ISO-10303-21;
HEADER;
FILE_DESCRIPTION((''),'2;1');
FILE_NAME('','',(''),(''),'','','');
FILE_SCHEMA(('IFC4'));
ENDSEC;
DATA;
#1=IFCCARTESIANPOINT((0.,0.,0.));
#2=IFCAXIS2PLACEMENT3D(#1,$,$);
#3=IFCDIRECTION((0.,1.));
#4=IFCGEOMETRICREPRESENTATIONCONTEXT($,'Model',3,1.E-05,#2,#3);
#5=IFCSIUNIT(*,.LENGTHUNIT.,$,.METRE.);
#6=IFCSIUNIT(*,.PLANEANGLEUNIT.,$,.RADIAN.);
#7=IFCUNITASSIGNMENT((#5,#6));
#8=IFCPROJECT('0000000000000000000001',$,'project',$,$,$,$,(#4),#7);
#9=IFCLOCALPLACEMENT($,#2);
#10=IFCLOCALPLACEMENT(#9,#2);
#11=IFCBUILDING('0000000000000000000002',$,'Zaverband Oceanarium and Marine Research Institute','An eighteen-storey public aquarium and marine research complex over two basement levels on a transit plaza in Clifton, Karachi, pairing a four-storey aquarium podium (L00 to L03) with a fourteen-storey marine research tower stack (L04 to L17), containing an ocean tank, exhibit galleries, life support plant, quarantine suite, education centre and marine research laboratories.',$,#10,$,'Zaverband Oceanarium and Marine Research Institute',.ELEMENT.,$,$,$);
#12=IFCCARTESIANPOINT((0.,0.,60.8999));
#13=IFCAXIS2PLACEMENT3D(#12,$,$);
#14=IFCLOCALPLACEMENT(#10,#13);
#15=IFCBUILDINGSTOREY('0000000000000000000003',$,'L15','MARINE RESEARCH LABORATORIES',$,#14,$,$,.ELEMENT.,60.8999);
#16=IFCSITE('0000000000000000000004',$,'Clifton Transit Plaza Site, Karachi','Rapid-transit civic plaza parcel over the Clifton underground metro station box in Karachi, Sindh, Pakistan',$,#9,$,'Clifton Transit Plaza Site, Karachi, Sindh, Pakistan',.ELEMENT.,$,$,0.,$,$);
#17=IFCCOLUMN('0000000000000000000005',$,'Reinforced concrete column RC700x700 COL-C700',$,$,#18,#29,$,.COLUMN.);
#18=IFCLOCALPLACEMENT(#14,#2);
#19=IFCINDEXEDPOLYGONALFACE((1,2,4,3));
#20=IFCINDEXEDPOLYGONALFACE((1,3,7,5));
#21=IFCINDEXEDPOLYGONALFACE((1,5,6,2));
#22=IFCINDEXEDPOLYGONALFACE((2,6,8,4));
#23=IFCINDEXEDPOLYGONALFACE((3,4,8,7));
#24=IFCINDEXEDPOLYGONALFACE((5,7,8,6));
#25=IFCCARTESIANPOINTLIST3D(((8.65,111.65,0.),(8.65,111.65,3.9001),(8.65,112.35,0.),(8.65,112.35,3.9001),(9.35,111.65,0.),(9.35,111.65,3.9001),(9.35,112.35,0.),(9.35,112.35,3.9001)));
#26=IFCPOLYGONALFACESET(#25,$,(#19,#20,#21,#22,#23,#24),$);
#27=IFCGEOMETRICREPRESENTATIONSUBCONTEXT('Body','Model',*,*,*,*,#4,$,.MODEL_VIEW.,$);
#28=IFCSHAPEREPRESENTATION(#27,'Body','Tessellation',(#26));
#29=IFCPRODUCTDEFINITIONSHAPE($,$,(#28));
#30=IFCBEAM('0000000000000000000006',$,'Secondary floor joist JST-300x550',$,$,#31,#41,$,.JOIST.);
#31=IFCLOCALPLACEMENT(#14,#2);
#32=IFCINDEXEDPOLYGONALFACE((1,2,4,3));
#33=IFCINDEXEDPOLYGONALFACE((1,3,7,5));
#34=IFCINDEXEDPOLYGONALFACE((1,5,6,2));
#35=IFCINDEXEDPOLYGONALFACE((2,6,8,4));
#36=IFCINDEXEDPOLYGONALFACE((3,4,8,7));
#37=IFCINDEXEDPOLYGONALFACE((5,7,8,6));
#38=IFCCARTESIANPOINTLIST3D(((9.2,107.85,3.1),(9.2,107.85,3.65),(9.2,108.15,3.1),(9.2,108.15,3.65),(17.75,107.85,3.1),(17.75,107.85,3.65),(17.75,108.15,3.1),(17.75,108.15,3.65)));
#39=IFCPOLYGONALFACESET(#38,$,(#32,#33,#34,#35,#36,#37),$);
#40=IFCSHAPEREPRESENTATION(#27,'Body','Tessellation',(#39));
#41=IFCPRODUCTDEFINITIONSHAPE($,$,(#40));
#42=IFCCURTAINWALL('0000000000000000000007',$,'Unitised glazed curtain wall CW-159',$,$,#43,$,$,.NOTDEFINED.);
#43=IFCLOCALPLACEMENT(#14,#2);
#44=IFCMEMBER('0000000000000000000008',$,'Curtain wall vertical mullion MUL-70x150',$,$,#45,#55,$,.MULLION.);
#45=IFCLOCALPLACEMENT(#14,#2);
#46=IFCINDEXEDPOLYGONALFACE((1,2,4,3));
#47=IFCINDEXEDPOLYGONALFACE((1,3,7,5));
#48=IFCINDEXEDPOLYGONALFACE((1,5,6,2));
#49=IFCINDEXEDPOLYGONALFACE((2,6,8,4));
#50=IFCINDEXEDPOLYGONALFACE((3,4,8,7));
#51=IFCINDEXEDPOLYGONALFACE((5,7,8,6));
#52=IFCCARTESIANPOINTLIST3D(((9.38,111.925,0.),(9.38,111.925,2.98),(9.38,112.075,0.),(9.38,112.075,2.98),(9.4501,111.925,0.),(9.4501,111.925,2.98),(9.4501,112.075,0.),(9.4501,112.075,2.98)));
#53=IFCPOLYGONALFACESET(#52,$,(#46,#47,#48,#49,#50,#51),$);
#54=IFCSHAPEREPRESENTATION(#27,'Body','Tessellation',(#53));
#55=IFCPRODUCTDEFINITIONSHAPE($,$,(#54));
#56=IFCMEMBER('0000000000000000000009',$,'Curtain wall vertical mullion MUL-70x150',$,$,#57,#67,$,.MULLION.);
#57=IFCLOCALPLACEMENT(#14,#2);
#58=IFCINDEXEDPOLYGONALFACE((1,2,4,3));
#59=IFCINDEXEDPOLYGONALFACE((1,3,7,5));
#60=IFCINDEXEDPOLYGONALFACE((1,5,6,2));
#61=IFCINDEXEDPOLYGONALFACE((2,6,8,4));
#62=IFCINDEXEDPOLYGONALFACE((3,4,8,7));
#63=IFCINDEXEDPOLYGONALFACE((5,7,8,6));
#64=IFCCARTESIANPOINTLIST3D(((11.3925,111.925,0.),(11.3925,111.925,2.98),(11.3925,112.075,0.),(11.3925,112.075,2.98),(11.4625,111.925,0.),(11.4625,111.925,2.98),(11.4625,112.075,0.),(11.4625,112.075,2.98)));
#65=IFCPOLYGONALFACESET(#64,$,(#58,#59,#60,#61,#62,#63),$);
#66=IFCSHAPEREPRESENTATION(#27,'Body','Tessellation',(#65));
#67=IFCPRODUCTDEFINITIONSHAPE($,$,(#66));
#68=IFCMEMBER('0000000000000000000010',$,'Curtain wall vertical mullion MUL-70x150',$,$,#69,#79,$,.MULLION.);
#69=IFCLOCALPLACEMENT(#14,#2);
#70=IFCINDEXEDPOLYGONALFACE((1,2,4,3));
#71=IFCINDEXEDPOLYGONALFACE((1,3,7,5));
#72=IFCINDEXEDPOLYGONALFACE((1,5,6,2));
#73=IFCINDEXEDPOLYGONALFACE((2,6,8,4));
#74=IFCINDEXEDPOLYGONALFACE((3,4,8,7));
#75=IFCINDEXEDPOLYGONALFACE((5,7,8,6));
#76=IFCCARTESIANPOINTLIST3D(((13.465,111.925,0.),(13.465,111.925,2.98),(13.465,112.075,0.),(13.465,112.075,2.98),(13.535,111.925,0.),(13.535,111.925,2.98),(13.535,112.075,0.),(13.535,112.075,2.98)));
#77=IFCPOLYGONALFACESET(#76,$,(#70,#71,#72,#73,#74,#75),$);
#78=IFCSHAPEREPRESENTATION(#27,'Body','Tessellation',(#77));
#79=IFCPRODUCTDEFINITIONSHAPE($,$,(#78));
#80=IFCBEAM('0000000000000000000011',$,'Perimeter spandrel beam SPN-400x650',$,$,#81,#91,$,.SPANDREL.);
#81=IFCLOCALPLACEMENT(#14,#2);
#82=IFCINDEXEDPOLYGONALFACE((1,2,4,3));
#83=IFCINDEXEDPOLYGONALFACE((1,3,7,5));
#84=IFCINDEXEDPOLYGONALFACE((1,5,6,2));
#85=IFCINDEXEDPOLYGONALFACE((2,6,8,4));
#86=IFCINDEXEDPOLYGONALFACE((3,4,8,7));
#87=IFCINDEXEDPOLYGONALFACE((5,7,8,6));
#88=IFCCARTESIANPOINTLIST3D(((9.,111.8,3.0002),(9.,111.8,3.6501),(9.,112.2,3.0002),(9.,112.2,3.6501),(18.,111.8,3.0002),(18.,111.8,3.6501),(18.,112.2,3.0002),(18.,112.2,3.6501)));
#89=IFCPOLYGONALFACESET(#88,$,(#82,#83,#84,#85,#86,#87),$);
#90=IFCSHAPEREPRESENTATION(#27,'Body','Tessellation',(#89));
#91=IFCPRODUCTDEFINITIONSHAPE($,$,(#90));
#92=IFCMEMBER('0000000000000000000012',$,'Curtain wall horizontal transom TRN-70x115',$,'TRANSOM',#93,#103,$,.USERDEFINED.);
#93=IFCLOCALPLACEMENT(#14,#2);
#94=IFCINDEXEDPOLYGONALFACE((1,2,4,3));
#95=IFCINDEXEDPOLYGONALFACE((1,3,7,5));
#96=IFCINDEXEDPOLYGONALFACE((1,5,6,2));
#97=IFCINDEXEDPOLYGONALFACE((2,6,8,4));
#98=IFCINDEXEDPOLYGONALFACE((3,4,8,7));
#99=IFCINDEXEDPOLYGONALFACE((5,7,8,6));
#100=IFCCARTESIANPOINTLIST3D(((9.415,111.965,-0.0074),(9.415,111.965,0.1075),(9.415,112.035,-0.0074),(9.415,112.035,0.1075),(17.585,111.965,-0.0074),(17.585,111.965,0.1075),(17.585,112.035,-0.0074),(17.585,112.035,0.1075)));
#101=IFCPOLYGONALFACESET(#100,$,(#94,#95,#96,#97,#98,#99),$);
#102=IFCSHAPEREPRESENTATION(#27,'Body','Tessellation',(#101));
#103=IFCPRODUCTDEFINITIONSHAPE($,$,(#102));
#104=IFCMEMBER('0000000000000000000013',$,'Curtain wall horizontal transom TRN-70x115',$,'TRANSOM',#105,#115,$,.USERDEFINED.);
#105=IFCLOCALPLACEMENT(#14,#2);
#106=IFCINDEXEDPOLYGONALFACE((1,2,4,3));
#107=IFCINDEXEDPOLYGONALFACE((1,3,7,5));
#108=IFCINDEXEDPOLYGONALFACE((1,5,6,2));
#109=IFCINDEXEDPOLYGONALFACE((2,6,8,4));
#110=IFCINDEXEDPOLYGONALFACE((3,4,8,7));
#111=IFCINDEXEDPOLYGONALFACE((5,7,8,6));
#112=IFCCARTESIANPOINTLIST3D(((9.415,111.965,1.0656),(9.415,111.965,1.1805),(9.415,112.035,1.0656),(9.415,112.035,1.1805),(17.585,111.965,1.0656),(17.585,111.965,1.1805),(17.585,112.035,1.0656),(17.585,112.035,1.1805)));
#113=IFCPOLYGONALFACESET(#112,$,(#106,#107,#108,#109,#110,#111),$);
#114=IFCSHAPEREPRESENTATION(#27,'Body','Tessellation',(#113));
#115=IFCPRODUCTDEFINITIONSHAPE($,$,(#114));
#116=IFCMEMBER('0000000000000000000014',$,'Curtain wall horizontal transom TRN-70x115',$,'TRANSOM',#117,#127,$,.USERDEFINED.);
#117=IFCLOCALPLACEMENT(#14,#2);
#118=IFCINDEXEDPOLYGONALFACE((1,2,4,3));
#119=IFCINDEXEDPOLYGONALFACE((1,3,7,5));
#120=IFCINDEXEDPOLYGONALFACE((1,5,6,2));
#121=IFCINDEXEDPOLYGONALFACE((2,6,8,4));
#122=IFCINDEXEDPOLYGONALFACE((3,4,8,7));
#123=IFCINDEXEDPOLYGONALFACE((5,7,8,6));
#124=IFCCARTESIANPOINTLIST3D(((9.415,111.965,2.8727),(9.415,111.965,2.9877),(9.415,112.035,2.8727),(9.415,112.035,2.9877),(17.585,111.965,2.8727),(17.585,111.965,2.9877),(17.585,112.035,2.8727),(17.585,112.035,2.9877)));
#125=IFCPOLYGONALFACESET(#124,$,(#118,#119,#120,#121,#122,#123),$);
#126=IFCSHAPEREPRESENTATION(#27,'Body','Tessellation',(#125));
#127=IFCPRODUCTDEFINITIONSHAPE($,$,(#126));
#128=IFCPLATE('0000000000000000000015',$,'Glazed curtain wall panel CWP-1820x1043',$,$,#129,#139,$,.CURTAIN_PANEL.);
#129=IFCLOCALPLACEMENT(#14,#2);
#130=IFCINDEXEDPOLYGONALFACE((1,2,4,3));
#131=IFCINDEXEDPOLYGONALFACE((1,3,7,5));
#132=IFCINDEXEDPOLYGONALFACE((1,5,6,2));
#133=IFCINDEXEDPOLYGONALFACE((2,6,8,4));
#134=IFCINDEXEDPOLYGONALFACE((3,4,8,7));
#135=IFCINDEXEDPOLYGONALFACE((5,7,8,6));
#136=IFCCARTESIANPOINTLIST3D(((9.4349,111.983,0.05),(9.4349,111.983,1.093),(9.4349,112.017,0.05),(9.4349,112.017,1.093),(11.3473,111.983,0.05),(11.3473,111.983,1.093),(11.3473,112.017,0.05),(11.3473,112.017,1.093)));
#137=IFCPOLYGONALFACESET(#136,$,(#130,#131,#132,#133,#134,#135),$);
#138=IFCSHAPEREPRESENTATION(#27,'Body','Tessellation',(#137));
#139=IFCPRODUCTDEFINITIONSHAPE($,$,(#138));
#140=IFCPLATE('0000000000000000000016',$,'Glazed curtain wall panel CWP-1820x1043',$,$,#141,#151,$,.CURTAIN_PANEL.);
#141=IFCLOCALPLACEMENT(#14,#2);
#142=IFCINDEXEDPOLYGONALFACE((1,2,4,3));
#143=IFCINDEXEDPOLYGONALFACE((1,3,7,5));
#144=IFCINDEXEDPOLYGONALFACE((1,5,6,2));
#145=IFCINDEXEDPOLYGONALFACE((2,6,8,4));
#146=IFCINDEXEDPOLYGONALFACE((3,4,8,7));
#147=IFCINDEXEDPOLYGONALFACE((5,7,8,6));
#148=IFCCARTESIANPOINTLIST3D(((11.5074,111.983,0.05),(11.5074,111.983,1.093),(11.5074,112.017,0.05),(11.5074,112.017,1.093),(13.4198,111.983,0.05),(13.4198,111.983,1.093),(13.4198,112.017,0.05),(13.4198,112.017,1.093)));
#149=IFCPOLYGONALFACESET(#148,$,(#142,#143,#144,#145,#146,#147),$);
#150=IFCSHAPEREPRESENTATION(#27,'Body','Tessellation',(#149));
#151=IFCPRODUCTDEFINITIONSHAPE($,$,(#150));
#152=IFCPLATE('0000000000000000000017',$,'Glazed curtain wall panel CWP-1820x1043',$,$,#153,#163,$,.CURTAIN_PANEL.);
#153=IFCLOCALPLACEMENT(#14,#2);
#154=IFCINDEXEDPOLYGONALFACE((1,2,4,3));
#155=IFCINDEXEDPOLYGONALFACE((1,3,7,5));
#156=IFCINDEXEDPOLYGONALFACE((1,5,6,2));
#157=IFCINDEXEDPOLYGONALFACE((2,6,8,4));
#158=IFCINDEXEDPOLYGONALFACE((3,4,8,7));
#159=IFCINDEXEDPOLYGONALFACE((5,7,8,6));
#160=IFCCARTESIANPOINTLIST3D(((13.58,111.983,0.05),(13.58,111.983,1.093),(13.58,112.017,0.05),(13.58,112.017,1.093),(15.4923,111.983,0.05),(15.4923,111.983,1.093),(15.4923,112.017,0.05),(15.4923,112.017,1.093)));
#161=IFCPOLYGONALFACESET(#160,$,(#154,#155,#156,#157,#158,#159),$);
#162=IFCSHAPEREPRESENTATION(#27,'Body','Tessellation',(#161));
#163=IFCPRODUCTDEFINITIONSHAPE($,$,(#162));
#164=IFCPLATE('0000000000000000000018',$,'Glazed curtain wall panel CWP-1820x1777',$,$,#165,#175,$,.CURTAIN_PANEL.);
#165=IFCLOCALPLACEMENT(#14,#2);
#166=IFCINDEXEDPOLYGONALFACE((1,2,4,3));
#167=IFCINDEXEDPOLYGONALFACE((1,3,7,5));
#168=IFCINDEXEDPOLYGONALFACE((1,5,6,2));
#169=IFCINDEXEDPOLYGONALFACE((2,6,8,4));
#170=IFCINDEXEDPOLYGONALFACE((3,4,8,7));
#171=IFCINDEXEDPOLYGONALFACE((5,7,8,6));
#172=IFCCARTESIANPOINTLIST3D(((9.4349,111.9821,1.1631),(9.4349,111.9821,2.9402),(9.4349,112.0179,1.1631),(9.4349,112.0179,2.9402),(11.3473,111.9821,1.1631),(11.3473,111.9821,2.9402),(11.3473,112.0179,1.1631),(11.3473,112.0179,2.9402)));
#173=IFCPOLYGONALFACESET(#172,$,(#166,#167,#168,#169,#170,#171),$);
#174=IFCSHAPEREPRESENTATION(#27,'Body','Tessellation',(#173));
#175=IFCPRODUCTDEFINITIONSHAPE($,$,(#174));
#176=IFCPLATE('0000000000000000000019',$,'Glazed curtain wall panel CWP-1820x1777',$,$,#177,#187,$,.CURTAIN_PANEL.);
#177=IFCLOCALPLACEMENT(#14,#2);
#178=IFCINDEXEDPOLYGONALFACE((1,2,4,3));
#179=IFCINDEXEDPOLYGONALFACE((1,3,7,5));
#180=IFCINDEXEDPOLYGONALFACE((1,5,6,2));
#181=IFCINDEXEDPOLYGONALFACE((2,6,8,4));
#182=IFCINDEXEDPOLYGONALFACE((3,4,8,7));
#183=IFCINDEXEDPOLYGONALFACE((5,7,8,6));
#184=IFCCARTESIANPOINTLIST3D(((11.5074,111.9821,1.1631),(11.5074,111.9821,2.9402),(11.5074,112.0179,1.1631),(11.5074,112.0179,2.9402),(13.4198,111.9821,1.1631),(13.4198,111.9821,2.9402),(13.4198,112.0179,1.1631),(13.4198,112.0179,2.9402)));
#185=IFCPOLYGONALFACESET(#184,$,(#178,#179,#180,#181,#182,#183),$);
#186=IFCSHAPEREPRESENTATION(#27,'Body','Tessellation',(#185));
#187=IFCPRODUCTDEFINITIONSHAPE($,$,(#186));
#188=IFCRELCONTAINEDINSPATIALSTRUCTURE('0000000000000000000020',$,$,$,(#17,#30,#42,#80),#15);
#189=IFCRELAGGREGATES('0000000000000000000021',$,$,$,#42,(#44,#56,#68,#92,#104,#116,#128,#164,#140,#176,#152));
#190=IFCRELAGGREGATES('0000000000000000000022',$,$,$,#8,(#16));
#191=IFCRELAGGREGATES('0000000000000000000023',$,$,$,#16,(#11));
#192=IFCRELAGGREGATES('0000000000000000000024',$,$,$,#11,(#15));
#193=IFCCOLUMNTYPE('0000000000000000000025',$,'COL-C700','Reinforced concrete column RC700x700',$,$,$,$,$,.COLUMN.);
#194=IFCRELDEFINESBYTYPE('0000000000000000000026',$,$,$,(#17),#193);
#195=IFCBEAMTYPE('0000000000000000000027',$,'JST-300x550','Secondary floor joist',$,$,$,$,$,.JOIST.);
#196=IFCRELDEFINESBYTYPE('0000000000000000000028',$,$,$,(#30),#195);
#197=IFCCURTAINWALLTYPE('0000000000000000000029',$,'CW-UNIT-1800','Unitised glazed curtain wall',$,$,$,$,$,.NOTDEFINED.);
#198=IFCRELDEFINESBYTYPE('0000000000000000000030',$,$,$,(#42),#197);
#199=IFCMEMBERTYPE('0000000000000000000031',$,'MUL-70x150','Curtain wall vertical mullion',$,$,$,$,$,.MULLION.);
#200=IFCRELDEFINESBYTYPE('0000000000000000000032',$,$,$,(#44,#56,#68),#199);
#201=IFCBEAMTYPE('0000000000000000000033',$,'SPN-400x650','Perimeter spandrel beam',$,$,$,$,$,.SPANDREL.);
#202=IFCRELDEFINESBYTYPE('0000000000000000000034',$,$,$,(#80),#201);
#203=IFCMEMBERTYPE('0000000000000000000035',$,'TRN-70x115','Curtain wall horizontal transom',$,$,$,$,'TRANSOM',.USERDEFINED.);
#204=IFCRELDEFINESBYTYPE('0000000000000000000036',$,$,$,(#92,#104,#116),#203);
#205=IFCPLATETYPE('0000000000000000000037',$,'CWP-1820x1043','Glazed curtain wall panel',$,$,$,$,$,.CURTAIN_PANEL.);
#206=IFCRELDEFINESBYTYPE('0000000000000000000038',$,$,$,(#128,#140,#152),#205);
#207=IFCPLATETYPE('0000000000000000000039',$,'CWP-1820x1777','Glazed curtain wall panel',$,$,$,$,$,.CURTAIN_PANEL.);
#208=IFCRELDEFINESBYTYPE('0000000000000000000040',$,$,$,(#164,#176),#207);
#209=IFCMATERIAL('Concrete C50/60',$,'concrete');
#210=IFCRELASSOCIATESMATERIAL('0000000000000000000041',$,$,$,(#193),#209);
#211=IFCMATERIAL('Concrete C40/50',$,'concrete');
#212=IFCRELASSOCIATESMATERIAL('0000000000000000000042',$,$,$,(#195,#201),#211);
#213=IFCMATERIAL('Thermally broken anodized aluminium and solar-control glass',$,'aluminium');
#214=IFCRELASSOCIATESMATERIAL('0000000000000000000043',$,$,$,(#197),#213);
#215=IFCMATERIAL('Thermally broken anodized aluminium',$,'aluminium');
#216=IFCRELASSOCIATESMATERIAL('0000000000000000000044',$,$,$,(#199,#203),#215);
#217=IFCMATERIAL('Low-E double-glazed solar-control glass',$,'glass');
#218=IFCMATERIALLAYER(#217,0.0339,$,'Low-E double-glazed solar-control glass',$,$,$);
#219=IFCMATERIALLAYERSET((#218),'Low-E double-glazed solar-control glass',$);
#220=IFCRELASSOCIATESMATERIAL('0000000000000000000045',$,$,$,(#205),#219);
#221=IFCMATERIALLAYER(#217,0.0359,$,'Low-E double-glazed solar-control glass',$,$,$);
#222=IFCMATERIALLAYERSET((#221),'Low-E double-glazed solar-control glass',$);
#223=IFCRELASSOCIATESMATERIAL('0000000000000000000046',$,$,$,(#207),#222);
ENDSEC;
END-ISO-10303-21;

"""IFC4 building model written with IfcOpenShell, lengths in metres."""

from ifc_helpers import new_model, si_unit, direction, frame, frame_2d, origin, origin_2d, place, context, subcontext, project, spatial, rectangle, extrude, material, layer, layer_set, material_profile, profile_set, type_object, element, aggregate, save


model = new_model("IFC4")

# Units and contexts
model_context = context("Model", 3, precision=1e-05, world=origin(), true_north=direction((0.0, 1.0)))
body_context = subcontext(model_context, "Body", "Model", "MODEL_VIEW")
ifc_project = project(units=[si_unit("LENGTHUNIT", "METRE"), si_unit("PLANEANGLEUNIT", "RADIAN")], contexts=[model_context])

# Site, building, storey
site_placement = place(None, origin())
site = spatial("IfcSite", under=ifc_project, at=site_placement, Name="Clifton Transit Plaza Site, Karachi", Description="Rapid-transit civic plaza parcel over the Clifton underground metro station box in Karachi, Sindh, Pakistan", LongName="Clifton Transit Plaza Site, Karachi, Sindh, Pakistan", CompositionType="ELEMENT", RefElevation=0.0)
building_placement = place(site_placement, origin())
building = spatial("IfcBuilding", under=site, at=building_placement, Name="Zaverband Oceanarium and Marine Research Institute", Description="An eighteen-storey public aquarium and marine research complex over two basement levels on a transit plaza in Clifton, Karachi, pairing a four-storey aquarium podium (L00 to L03) with a fourteen-storey marine research tower stack (L04 to L17), containing an ocean tank, exhibit galleries, life support plant, quarantine suite, education centre and marine research laboratories.", LongName="Zaverband Oceanarium and Marine Research Institute", CompositionType="ELEMENT")
storey_placement = place(building_placement, frame((0.0, 0.0, 60.8999)))
storey = spatial("IfcBuildingStorey", under=building, at=storey_placement, Name="L15", Description="MARINE RESEARCH LABORATORIES", CompositionType="ELEMENT", Elevation=60.8999)

# Column
ifc_material_1 = material(Name="Concrete C50/60", Category="concrete")
ifc_material_profile_1 = material_profile(ifc_material_1, rectangle(XDim=0.7, YDim=0.7, at=origin_2d()), Name="RC700x700")
ifc_profile_set_1 = profile_set([ifc_material_profile_1], Name="Concrete C50/60")
column_type = type_object("IfcColumnType", Name="COL-C700", Description="Reinforced concrete column RC700x700", PredefinedType="COLUMN", material=ifc_profile_set_1)
column_placement = place(storey_placement, frame((9.0, 112.0, 0.0), z_axis=(0.0, 0.0, 1.0), x_axis=(1.0, 0.0, 0.0)))
element("IfcColumn", 1, at=column_placement, inside=storey, type_object=column_type, Name="Reinforced concrete column RC700x700 COL-C700", PredefinedType="COLUMN", context=body_context, shape_type="SweptSolid", body=[
    extrude(rectangle(XDim=0.7, YDim=0.7, at=origin_2d()), origin(), (0.0, 0.0, 1.0), 3.9001),
])

# Beam
ifc_material_2 = material(Name="Concrete C40/50", Category="concrete")
ifc_material_profile_2 = material_profile(ifc_material_2, rectangle(XDim=0.3, YDim=0.55, at=origin_2d()), Name="RC300x550")
ifc_profile_set_2 = profile_set([ifc_material_profile_2], Name="Concrete C40/50")
beam_type_1 = type_object("IfcBeamType", Name="JST-300x550", Description="Secondary floor joist", PredefinedType="JOIST", material=ifc_profile_set_2)
beam_1_placement = place(storey_placement, frame((9.2, 108.0, 3.375), z_axis=(1.0, 0.0, 0.0), x_axis=(0.0, 1.0, 0.0)))
element("IfcBeam", 2, at=beam_1_placement, inside=storey, type_object=beam_type_1, Name="Secondary floor joist JST-300x550", PredefinedType="JOIST", context=body_context, shape_type="SweptSolid", body=[
    extrude(rectangle(XDim=0.3, YDim=0.55, at=origin_2d()), origin(), (0.0, 0.0, 1.0), 8.55),
])

# Curtain wall, members
ifc_material_3 = material(Name="Thermally broken anodized aluminium and solar-control glass", Category="aluminium")
curtain_wall_type = type_object("IfcCurtainWallType", Name="CW-UNIT-1800", Description="Unitised glazed curtain wall", PredefinedType="NOTDEFINED", material=ifc_material_3)
curtain_wall_placement = place(storey_placement, origin())
curtain_wall = element("IfcCurtainWall", 3, at=curtain_wall_placement, inside=storey, type_object=curtain_wall_type, Name="Unitised glazed curtain wall CW-159", PredefinedType="NOTDEFINED")
ifc_material_4 = material(Name="Thermally broken anodized aluminium", Category="aluminium")
ifc_material_profile_3 = material_profile(ifc_material_4, rectangle(XDim=0.0701, YDim=0.1499, at=origin_2d()), Name="AL-MUL-70x150")
ifc_profile_set_3 = profile_set([ifc_material_profile_3], Name="Thermally broken anodized aluminium")
member_type_1 = type_object("IfcMemberType", Name="MUL-70x150", Description="Curtain wall vertical mullion", PredefinedType="MULLION", material=ifc_profile_set_3)
member_1_placement = place(storey_placement, frame((9.415, 112.0, 0.0), z_axis=(0.0, 0.0, 1.0), x_axis=(1.0, 0.0, 0.0)))
member_1 = element("IfcMember", 4, at=member_1_placement, type_object=member_type_1, Name="Curtain wall vertical mullion MUL-70x150", PredefinedType="MULLION", context=body_context, shape_type="SweptSolid", body=[
    extrude(rectangle(XDim=0.0701, YDim=0.1499, at=origin_2d()), origin(), (0.0, 0.0, 1.0), 2.98),
])
member_2_placement = place(storey_placement, frame((11.4275, 112.0, 0.0), z_axis=(0.0, 0.0, 1.0), x_axis=(1.0, 0.0, 0.0)))
member_2 = element("IfcMember", 5, at=member_2_placement, type_object=member_type_1, Name="Curtain wall vertical mullion MUL-70x150", PredefinedType="MULLION", context=body_context, shape_type="SweptSolid", body=[
    extrude(rectangle(XDim=0.0701, YDim=0.1499, at=origin_2d()), origin(), (0.0, 0.0, 1.0), 2.98),
])
member_3_placement = place(storey_placement, frame((13.5, 112.0, 0.0), z_axis=(0.0, 0.0, 1.0), x_axis=(1.0, 0.0, 0.0)))
member_3 = element("IfcMember", 6, at=member_3_placement, type_object=member_type_1, Name="Curtain wall vertical mullion MUL-70x150", PredefinedType="MULLION", context=body_context, shape_type="SweptSolid", body=[
    extrude(rectangle(XDim=0.0701, YDim=0.1499, at=origin_2d()), origin(), (0.0, 0.0, 1.0), 2.98),
])

# Beam
ifc_material_profile_4 = material_profile(ifc_material_2, rectangle(XDim=0.3999, YDim=0.6499, at=origin_2d()), Name="RC400x650")
ifc_profile_set_4 = profile_set([ifc_material_profile_4], Name="Concrete C40/50")
beam_type_2 = type_object("IfcBeamType", Name="SPN-400x650", Description="Perimeter spandrel beam", PredefinedType="SPANDREL", material=ifc_profile_set_4)
beam_2_placement = place(storey_placement, frame((9.0, 112.0, 3.3252), z_axis=(1.0, 0.0, 0.0), x_axis=(0.0, 1.0, 0.0)))
element("IfcBeam", 7, at=beam_2_placement, inside=storey, type_object=beam_type_2, Name="Perimeter spandrel beam SPN-400x650", PredefinedType="SPANDREL", context=body_context, shape_type="SweptSolid", body=[
    extrude(rectangle(XDim=0.3999, YDim=0.6499, at=origin_2d()), origin(), (0.0, 0.0, 1.0), 9.0),
])

# Members
ifc_material_profile_5 = material_profile(ifc_material_4, rectangle(XDim=0.0701, YDim=0.115, at=origin_2d()), Name="AL-TRN-70x115")
ifc_profile_set_5 = profile_set([ifc_material_profile_5], Name="Thermally broken anodized aluminium")
member_type_2 = type_object("IfcMemberType", Name="TRN-70x115", Description="Curtain wall horizontal transom", ElementType="TRANSOM", PredefinedType="USERDEFINED", material=ifc_profile_set_5)
member_4_placement = place(storey_placement, frame((9.415, 112.0, 0.05), z_axis=(1.0, 0.0, 0.0), x_axis=(0.0, 1.0, 0.0)))
member_4 = element("IfcMember", 8, at=member_4_placement, type_object=member_type_2, Name="Curtain wall horizontal transom TRN-70x115", ObjectType="TRANSOM", PredefinedType="USERDEFINED", context=body_context, shape_type="SweptSolid", body=[
    extrude(rectangle(XDim=0.0701, YDim=0.115, at=origin_2d()), origin(), (0.0, 0.0, 1.0), 8.1699),
])
member_5_placement = place(storey_placement, frame((9.415, 112.0, 1.123), z_axis=(1.0, 0.0, 0.0), x_axis=(0.0, 1.0, 0.0)))
member_5 = element("IfcMember", 9, at=member_5_placement, type_object=member_type_2, Name="Curtain wall horizontal transom TRN-70x115", ObjectType="TRANSOM", PredefinedType="USERDEFINED", context=body_context, shape_type="SweptSolid", body=[
    extrude(rectangle(XDim=0.0701, YDim=0.115, at=origin_2d()), origin(), (0.0, 0.0, 1.0), 8.1699),
])
member_6_placement = place(storey_placement, frame((9.415, 112.0, 2.9302), z_axis=(1.0, 0.0, 0.0), x_axis=(0.0, 1.0, 0.0)))
member_6 = element("IfcMember", 10, at=member_6_placement, type_object=member_type_2, Name="Curtain wall horizontal transom TRN-70x115", ObjectType="TRANSOM", PredefinedType="USERDEFINED", context=body_context, shape_type="SweptSolid", body=[
    extrude(rectangle(XDim=0.0701, YDim=0.115, at=origin_2d()), origin(), (0.0, 0.0, 1.0), 8.1699),
])

# Plates
ifc_material_5 = material(Name="Low-E double-glazed solar-control glass", Category="glass")
ifc_layer_1 = layer(ifc_material_5, 0.0339, Name="Low-E double-glazed solar-control glass")
ifc_layer_set_1 = layer_set([ifc_layer_1], Name="Low-E double-glazed solar-control glass")
plate_type_1 = type_object("IfcPlateType", Name="CWP-1820x1043", Description="Glazed curtain wall panel", PredefinedType="CURTAIN_PANEL", material=ifc_layer_set_1)
plate_1_placement = place(storey_placement, frame((9.4351, 112.0, 0.05), z_axis=(0.0, 0.0, 1.0), x_axis=(1.0, 0.0, 0.0)))
plate_1 = element("IfcPlate", 11, at=plate_1_placement, type_object=plate_type_1, Name="Glazed curtain wall panel CWP-1820x1043", PredefinedType="CURTAIN_PANEL", context=body_context, shape_type="SweptSolid", body=[
    extrude(rectangle(XDim=1.9124, YDim=0.0339, at=frame_2d((0.9561, 0.0))), origin(), (0.0, 0.0, 1.0), 1.043),
])
plate_2_placement = place(storey_placement, frame((11.5076, 112.0, 0.05), z_axis=(0.0, 0.0, 1.0), x_axis=(1.0, 0.0, 0.0)))
plate_2 = element("IfcPlate", 12, at=plate_2_placement, type_object=plate_type_1, Name="Glazed curtain wall panel CWP-1820x1043", PredefinedType="CURTAIN_PANEL", context=body_context, shape_type="SweptSolid", body=[
    extrude(rectangle(XDim=1.9124, YDim=0.0339, at=frame_2d((0.9561, 0.0))), origin(), (0.0, 0.0, 1.0), 1.043),
])
plate_3_placement = place(storey_placement, frame((13.5801, 112.0, 0.05), z_axis=(0.0, 0.0, 1.0), x_axis=(1.0, 0.0, 0.0)))
plate_3 = element("IfcPlate", 13, at=plate_3_placement, type_object=plate_type_1, Name="Glazed curtain wall panel CWP-1820x1043", PredefinedType="CURTAIN_PANEL", context=body_context, shape_type="SweptSolid", body=[
    extrude(rectangle(XDim=1.9124, YDim=0.0339, at=frame_2d((0.9561, 0.0))), origin(), (0.0, 0.0, 1.0), 1.043),
])
ifc_layer_2 = layer(ifc_material_5, 0.0359, Name="Low-E double-glazed solar-control glass")
ifc_layer_set_2 = layer_set([ifc_layer_2], Name="Low-E double-glazed solar-control glass")
plate_type_2 = type_object("IfcPlateType", Name="CWP-1820x1777", Description="Glazed curtain wall panel", PredefinedType="CURTAIN_PANEL", material=ifc_layer_set_2)
plate_4_placement = place(storey_placement, frame((9.4351, 112.0, 1.1631), z_axis=(0.0, 0.0, 1.0), x_axis=(1.0, 0.0, 0.0)))
plate_4 = element("IfcPlate", 14, at=plate_4_placement, type_object=plate_type_2, Name="Glazed curtain wall panel CWP-1820x1777", PredefinedType="CURTAIN_PANEL", context=body_context, shape_type="SweptSolid", body=[
    extrude(rectangle(XDim=1.9124, YDim=0.0359, at=frame_2d((0.9561, 0.0))), origin(), (0.0, 0.0, 1.0), 1.7771),
])
plate_5_placement = place(storey_placement, frame((11.5076, 112.0, 1.1631), z_axis=(0.0, 0.0, 1.0), x_axis=(1.0, 0.0, 0.0)))
plate_5 = element("IfcPlate", 15, at=plate_5_placement, type_object=plate_type_2, Name="Glazed curtain wall panel CWP-1820x1777", PredefinedType="CURTAIN_PANEL", context=body_context, shape_type="SweptSolid", body=[
    extrude(rectangle(XDim=1.9124, YDim=0.0359, at=frame_2d((0.9561, 0.0))), origin(), (0.0, 0.0, 1.0), 1.7771),
])
aggregate(curtain_wall, [member_1, member_2, member_3, member_4, member_5, member_6, plate_1, plate_4, plate_2, plate_5, plate_3])

save(model, "model.ifc")
